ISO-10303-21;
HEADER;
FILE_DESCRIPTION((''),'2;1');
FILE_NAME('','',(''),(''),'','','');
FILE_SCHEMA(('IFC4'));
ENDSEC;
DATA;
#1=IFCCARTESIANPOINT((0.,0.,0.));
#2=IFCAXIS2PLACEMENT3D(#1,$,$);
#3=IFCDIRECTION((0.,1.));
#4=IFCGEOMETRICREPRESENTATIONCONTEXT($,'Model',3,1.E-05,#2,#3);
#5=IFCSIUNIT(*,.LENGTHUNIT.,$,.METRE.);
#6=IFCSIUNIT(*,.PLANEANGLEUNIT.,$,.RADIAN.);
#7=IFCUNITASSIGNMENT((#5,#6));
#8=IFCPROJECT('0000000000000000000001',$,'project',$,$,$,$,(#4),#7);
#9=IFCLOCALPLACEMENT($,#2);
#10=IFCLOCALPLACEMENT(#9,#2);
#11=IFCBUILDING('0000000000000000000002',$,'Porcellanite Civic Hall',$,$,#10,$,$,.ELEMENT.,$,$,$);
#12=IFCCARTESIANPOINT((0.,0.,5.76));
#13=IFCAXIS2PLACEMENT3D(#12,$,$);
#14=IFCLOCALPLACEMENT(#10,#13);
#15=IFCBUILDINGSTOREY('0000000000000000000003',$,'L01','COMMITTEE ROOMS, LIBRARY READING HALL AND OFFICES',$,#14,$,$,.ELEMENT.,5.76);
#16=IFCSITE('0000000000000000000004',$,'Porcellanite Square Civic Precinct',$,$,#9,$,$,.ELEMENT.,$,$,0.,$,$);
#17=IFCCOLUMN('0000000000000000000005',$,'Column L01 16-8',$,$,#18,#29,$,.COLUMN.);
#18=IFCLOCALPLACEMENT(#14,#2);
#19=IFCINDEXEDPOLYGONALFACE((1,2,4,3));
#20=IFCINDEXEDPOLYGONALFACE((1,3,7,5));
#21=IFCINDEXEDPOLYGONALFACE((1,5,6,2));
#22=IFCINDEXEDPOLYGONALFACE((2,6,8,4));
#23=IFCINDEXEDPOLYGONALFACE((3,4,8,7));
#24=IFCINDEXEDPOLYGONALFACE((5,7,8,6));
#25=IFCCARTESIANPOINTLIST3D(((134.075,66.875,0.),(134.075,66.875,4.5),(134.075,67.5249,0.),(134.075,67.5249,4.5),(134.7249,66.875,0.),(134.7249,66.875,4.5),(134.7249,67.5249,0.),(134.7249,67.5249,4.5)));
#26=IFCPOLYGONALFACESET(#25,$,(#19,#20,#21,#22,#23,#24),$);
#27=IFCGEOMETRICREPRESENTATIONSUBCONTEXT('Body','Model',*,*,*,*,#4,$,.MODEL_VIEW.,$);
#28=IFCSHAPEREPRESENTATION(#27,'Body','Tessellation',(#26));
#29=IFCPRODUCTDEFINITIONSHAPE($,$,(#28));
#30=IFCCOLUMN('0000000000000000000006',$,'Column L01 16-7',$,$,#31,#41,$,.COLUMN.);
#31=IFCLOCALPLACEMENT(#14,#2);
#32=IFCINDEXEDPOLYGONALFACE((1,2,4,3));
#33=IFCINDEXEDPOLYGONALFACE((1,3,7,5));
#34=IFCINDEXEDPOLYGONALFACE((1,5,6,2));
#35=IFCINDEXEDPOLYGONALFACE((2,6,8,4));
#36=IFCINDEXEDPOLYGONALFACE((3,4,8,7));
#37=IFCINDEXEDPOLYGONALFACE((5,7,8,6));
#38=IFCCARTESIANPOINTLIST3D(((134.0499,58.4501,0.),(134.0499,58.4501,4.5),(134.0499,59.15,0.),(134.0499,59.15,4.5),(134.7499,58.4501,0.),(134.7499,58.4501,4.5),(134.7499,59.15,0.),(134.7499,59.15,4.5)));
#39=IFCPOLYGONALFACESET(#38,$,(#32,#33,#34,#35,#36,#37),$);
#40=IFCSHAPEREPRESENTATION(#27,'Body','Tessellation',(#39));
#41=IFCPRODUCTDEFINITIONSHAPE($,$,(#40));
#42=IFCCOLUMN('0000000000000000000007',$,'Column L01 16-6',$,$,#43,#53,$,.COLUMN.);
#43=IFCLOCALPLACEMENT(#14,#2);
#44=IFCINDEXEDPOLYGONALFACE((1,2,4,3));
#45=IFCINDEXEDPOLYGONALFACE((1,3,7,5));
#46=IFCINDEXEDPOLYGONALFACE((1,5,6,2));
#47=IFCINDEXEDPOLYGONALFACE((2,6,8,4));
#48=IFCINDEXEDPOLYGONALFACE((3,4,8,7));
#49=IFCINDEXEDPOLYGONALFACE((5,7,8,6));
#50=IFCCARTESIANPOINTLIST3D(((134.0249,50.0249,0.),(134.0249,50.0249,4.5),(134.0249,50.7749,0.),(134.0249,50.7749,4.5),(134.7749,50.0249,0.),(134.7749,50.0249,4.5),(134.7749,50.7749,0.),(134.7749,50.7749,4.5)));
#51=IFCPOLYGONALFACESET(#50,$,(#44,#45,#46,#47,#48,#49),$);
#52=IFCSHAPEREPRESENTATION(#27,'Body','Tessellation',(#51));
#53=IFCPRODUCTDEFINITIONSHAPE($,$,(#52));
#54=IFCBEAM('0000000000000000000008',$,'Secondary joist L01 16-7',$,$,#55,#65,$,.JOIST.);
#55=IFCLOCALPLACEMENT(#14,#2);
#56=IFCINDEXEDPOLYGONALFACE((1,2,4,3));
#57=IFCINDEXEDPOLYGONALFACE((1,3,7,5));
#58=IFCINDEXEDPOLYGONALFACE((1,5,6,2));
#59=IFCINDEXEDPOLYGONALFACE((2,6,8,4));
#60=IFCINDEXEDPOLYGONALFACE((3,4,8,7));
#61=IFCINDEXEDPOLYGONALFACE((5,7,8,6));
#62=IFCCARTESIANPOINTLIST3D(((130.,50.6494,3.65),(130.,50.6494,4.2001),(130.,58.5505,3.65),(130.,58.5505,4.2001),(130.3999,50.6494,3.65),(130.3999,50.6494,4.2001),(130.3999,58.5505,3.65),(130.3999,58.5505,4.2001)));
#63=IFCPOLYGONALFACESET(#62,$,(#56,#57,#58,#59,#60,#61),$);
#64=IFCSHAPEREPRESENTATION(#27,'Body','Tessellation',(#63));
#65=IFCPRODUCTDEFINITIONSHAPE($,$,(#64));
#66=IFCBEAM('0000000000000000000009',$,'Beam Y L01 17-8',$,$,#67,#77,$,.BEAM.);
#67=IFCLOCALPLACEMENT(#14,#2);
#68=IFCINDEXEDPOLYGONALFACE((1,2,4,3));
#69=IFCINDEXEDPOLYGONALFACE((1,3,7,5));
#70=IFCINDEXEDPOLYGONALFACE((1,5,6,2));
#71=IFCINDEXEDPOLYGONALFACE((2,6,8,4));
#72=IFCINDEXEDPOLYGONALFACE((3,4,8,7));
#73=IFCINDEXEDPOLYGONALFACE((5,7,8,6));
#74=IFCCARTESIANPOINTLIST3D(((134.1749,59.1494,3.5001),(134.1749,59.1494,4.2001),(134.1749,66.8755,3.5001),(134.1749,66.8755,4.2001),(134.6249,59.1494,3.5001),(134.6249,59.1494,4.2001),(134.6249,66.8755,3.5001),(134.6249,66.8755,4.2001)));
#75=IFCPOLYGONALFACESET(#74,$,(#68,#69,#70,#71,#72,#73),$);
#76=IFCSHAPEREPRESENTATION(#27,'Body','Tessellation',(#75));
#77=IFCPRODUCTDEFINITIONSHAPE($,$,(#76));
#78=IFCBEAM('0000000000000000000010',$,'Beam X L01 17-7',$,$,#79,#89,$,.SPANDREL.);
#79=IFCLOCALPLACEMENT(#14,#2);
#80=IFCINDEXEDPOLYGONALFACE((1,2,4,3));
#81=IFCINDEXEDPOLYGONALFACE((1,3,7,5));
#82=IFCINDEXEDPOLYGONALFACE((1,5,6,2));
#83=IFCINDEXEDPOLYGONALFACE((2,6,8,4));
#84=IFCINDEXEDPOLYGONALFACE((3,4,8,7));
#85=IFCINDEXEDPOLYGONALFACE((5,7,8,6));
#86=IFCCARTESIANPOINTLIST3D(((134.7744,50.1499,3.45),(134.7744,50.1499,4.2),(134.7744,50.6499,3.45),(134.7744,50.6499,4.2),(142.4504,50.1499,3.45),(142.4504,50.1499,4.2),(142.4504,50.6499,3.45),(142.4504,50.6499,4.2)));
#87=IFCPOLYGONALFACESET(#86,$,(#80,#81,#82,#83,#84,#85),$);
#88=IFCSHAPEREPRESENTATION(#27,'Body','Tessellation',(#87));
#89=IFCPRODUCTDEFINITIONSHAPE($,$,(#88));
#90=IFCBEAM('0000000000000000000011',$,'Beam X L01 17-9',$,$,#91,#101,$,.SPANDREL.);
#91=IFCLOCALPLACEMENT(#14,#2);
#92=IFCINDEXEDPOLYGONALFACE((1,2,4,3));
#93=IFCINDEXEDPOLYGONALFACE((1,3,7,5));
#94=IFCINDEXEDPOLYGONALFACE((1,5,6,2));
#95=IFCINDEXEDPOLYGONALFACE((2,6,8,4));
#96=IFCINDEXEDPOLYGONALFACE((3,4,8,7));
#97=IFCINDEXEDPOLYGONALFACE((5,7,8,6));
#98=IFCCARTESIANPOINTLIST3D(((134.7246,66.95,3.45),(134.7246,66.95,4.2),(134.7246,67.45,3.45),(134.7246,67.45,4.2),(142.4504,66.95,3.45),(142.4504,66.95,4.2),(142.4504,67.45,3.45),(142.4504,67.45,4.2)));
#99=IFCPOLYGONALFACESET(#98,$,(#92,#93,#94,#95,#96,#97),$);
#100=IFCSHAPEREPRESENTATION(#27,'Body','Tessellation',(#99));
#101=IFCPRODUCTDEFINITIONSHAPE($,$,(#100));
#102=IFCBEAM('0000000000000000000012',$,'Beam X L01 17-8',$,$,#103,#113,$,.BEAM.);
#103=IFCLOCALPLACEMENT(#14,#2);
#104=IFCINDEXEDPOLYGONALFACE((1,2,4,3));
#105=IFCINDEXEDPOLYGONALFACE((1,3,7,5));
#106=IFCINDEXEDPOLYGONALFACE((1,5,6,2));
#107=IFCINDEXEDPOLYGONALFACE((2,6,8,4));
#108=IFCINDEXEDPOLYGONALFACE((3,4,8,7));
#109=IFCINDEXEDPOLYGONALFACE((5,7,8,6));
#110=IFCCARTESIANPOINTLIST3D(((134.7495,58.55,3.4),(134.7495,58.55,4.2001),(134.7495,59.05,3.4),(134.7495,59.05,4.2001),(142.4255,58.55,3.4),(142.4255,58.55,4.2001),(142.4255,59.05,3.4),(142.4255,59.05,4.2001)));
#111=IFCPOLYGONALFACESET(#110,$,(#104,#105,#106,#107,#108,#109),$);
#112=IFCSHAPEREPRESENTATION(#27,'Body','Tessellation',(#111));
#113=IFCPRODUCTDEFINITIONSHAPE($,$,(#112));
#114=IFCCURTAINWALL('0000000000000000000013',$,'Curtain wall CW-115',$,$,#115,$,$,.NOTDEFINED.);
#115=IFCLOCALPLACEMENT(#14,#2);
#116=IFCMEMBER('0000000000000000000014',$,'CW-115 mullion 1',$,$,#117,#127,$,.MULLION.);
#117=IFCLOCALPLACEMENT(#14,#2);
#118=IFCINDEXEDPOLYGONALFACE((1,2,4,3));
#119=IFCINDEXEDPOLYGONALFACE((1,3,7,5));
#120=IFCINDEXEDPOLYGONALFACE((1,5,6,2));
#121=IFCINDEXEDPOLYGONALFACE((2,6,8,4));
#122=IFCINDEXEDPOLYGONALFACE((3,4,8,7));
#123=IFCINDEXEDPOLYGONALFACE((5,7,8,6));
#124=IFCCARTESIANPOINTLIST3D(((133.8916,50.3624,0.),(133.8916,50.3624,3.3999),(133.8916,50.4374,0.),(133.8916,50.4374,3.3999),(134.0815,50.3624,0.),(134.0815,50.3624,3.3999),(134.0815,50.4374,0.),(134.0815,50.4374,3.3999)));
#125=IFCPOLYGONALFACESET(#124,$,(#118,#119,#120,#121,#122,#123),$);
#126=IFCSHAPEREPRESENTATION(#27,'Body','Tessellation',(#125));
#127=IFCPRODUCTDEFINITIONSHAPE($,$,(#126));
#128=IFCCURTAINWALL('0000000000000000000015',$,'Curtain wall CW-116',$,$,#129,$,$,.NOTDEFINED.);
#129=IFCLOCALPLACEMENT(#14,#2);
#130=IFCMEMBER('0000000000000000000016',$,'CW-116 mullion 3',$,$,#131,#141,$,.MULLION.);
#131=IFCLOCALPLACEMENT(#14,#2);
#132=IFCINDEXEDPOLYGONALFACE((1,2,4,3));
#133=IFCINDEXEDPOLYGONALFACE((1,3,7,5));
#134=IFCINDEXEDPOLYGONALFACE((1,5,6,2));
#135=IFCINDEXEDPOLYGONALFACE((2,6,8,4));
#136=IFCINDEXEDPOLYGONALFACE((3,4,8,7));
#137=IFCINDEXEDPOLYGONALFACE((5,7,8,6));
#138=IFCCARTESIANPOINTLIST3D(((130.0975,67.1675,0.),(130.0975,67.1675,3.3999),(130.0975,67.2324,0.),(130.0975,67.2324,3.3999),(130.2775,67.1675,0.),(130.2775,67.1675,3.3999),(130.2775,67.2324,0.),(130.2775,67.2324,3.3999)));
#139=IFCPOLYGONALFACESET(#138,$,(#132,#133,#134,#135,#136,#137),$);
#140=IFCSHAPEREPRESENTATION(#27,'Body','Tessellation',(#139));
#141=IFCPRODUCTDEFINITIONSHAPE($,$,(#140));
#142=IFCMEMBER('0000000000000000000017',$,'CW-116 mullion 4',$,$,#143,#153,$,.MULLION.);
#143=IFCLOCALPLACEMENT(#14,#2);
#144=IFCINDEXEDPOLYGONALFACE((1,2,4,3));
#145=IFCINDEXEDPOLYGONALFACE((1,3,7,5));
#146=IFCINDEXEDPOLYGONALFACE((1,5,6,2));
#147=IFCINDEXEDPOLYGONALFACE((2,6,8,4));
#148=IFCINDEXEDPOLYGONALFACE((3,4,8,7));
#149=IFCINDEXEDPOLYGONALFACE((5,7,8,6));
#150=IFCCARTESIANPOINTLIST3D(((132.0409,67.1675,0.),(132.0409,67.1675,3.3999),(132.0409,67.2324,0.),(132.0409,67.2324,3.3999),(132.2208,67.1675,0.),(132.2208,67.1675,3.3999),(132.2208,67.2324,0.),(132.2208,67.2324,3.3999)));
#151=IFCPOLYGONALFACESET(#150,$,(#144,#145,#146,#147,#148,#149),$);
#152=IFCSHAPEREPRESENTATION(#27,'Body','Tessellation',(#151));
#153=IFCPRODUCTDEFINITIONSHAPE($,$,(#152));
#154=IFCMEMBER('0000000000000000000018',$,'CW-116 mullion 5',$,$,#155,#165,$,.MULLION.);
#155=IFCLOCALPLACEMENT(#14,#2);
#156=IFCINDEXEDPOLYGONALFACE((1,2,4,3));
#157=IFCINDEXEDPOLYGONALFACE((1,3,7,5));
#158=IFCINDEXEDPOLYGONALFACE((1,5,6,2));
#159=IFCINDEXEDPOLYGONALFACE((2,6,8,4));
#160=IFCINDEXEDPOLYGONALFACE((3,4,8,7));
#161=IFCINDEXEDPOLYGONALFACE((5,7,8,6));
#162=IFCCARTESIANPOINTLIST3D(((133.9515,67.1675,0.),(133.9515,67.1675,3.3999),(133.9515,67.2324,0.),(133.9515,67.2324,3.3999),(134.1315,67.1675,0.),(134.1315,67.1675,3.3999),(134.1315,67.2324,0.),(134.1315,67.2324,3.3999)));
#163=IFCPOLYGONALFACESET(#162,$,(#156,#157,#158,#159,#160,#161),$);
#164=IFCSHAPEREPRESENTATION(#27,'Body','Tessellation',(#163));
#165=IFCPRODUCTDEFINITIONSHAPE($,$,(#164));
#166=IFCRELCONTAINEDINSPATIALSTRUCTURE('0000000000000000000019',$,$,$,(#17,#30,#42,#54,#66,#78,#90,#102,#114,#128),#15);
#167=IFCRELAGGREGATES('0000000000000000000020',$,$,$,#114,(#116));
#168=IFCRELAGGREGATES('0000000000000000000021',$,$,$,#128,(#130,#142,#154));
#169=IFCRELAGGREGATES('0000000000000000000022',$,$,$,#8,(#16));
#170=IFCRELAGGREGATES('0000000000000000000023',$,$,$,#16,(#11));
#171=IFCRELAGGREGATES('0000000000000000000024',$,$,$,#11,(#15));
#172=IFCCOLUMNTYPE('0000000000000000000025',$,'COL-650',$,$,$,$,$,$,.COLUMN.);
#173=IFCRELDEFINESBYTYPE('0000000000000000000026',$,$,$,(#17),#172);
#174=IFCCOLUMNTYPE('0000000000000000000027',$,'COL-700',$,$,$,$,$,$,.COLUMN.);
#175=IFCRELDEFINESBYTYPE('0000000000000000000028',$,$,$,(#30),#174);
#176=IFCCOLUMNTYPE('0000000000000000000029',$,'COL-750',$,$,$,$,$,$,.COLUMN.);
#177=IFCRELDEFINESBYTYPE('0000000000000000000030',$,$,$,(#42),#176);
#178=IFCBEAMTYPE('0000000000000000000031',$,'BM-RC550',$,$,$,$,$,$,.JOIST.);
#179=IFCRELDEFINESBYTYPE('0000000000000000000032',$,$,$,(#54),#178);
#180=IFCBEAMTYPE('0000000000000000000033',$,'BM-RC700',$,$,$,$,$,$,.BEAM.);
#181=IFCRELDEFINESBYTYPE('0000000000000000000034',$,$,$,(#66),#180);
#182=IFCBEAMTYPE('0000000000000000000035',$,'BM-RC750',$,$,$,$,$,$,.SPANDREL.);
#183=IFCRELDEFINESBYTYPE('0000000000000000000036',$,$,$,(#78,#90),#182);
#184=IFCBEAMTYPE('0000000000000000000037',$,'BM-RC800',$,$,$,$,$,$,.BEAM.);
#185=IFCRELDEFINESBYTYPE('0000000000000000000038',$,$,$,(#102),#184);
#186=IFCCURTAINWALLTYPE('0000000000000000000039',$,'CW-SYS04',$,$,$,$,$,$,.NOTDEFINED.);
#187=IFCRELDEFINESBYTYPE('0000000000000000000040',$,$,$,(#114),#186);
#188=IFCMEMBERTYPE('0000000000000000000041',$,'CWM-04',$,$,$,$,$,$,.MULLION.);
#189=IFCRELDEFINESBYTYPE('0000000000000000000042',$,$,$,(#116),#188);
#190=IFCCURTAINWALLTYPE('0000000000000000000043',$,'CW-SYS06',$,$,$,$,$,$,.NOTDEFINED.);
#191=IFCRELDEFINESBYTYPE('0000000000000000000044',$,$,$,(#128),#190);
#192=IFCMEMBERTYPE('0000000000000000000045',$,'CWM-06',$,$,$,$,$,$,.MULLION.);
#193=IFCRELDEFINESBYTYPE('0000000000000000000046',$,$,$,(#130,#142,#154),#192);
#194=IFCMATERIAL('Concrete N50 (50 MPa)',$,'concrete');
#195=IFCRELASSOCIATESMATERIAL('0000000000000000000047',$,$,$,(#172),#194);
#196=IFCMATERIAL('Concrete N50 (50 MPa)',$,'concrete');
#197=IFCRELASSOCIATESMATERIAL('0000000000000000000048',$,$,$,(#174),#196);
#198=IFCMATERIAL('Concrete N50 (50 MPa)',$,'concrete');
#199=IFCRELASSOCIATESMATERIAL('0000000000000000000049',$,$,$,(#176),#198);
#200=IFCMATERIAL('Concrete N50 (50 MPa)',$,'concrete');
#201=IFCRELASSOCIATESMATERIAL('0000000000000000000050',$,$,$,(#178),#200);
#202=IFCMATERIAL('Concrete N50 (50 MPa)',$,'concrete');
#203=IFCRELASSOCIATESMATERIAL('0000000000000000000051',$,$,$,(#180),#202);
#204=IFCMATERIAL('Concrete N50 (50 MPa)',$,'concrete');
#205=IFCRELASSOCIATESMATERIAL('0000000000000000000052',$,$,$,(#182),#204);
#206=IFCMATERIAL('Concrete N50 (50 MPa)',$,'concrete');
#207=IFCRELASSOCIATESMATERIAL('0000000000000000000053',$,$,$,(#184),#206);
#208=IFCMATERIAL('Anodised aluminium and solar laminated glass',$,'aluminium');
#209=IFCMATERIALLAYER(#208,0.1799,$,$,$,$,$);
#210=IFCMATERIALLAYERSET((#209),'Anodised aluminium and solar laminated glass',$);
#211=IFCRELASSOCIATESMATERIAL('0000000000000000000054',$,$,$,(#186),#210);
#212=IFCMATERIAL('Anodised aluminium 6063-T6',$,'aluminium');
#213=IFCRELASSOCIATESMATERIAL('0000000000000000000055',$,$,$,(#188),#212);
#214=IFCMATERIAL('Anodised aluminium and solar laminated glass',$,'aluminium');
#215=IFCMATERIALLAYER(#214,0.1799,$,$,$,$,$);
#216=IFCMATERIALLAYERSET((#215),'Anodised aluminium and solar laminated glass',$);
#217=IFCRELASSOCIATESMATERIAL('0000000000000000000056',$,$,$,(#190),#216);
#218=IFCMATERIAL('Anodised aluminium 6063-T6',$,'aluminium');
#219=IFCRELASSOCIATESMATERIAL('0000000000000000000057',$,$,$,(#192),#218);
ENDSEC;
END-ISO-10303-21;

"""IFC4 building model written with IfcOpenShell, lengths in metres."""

from ifc_helpers import new_model, si_unit, direction, frame, origin, origin_2d, place, context, subcontext, project, spatial, rectangle, extrude, material, layer, layer_set, material_profile, profile_set, type_object, element, aggregate, save


model = new_model("IFC4")

# Units and contexts
model_context = context("Model", 3, precision=1e-05, world=origin(), true_north=direction((0.0, 1.0)))
body_context = subcontext(model_context, "Body", "Model", "MODEL_VIEW")
ifc_project = project(units=[si_unit("LENGTHUNIT", "METRE"), si_unit("PLANEANGLEUNIT", "RADIAN")], contexts=[model_context])

# Site, building, storey
site_placement = place(None, origin())
site = spatial("IfcSite", under=ifc_project, at=site_placement, Name="Porcellanite Square Civic Precinct", CompositionType="ELEMENT", RefElevation=0.0)
building_placement = place(site_placement, origin())
building = spatial("IfcBuilding", under=site, at=building_placement, Name="Porcellanite Civic Hall", CompositionType="ELEMENT")
storey_placement = place(building_placement, frame((0.0, 0.0, 5.76)))
storey = spatial("IfcBuildingStorey", under=building, at=storey_placement, Name="L01", Description="COMMITTEE ROOMS, LIBRARY READING HALL AND OFFICES", CompositionType="ELEMENT", Elevation=5.76)

# Columns
ifc_material_1 = material(Name="Concrete N50 (50 MPa)", Category="concrete")
ifc_material_profile_1 = material_profile(ifc_material_1, rectangle(XDim=0.6499, YDim=0.6499, at=origin_2d()), Name="RC-650x650")
ifc_profile_set_1 = profile_set([ifc_material_profile_1], Name="Concrete N50 (50 MPa)")
column_type_1 = type_object("IfcColumnType", Name="COL-650", PredefinedType="COLUMN", material=ifc_profile_set_1)
column_1_placement = place(storey_placement, frame((134.3999, 67.2, 0.0), z_axis=(0.0, 0.0, 1.0), x_axis=(1.0, 0.0, 0.0)))
element("IfcColumn", 1, at=column_1_placement, inside=storey, type_object=column_type_1, Name="Column L01 16-8", PredefinedType="COLUMN", context=body_context, shape_type="SweptSolid", body=[
    extrude(rectangle(XDim=0.6499, YDim=0.6499, at=origin_2d()), origin(), (0.0, 0.0, 1.0), 4.5),
])
ifc_material_2 = material(Name="Concrete N50 (50 MPa)", Category="concrete")
ifc_material_profile_2 = material_profile(ifc_material_2, rectangle(XDim=0.7, YDim=0.7, at=origin_2d()), Name="RC-700x700")
ifc_profile_set_2 = profile_set([ifc_material_profile_2], Name="Concrete N50 (50 MPa)")
column_type_2 = type_object("IfcColumnType", Name="COL-700", PredefinedType="COLUMN", material=ifc_profile_set_2)
column_2_placement = place(storey_placement, frame((134.3999, 58.8, 0.0), z_axis=(0.0, 0.0, 1.0), x_axis=(1.0, 0.0, 0.0)))
element("IfcColumn", 2, at=column_2_placement, inside=storey, type_object=column_type_2, Name="Column L01 16-7", PredefinedType="COLUMN", context=body_context, shape_type="SweptSolid", body=[
    extrude(rectangle(XDim=0.7, YDim=0.7, at=origin_2d()), origin(), (0.0, 0.0, 1.0), 4.5),
])
ifc_material_3 = material(Name="Concrete N50 (50 MPa)", Category="concrete")
ifc_material_profile_3 = material_profile(ifc_material_3, rectangle(XDim=0.75, YDim=0.75, at=origin_2d()), Name="RC-750x750")
ifc_profile_set_3 = profile_set([ifc_material_profile_3], Name="Concrete N50 (50 MPa)")
column_type_3 = type_object("IfcColumnType", Name="COL-750", PredefinedType="COLUMN", material=ifc_profile_set_3)
column_3_placement = place(storey_placement, frame((134.3999, 50.3999, 0.0), z_axis=(0.0, 0.0, 1.0), x_axis=(1.0, 0.0, 0.0)))
element("IfcColumn", 3, at=column_3_placement, inside=storey, type_object=column_type_3, Name="Column L01 16-6", PredefinedType="COLUMN", context=body_context, shape_type="SweptSolid", body=[
    extrude(rectangle(XDim=0.75, YDim=0.75, at=origin_2d()), origin(), (0.0, 0.0, 1.0), 4.5),
])

# Beams
ifc_material_4 = material(Name="Concrete N50 (50 MPa)", Category="concrete")
ifc_material_profile_4 = material_profile(ifc_material_4, rectangle(XDim=0.3999, YDim=0.55, at=origin_2d()), Name="RC-400x550")
ifc_profile_set_4 = profile_set([ifc_material_profile_4], Name="Concrete N50 (50 MPa)")
beam_type_1 = type_object("IfcBeamType", Name="BM-RC550", PredefinedType="JOIST", material=ifc_profile_set_4)
beam_1_placement = place(storey_placement, frame((130.2, 50.6494, 3.925), z_axis=(0.0, 1.0, 0.0), x_axis=(-1.0, 0.0, 0.0)))
element("IfcBeam", 4, at=beam_1_placement, inside=storey, type_object=beam_type_1, Name="Secondary joist L01 16-7", PredefinedType="JOIST", context=body_context, shape_type="SweptSolid", body=[
    extrude(rectangle(XDim=0.3999, YDim=0.55, at=origin_2d()), origin(), (0.0, 0.0, 1.0), 7.9011),
])
ifc_material_5 = material(Name="Concrete N50 (50 MPa)", Category="concrete")
ifc_material_profile_5 = material_profile(ifc_material_5, rectangle(XDim=0.45, YDim=0.7, at=origin_2d()), Name="RC-450x700")
ifc_profile_set_5 = profile_set([ifc_material_profile_5], Name="Concrete N50 (50 MPa)")
beam_type_2 = type_object("IfcBeamType", Name="BM-RC700", PredefinedType="BEAM", material=ifc_profile_set_5)
beam_2_placement = place(storey_placement, frame((134.3999, 59.1494, 3.8501), z_axis=(0.0, 1.0, 0.0), x_axis=(-1.0, 0.0, 0.0)))
element("IfcBeam", 5, at=beam_2_placement, inside=storey, type_object=beam_type_2, Name="Beam Y L01 17-8", PredefinedType="BEAM", context=body_context, shape_type="SweptSolid", body=[
    extrude(rectangle(XDim=0.45, YDim=0.7, at=origin_2d()), origin(), (0.0, 0.0, 1.0), 7.7261),
])
ifc_material_6 = material(Name="Concrete N50 (50 MPa)", Category="concrete")
ifc_material_profile_6 = material_profile(ifc_material_6, rectangle(XDim=0.5, YDim=0.75, at=origin_2d()), Name="RC-500x750")
ifc_profile_set_6 = profile_set([ifc_material_profile_6], Name="Concrete N50 (50 MPa)")
beam_type_3 = type_object("IfcBeamType", Name="BM-RC750", PredefinedType="SPANDREL", material=ifc_profile_set_6)
beam_3_placement = place(storey_placement, frame((134.7744, 50.3999, 3.825), z_axis=(1.0, 0.0, 0.0), x_axis=(0.0, 1.0, 0.0)))
element("IfcBeam", 6, at=beam_3_placement, inside=storey, type_object=beam_type_3, Name="Beam X L01 17-7", PredefinedType="SPANDREL", context=body_context, shape_type="SweptSolid", body=[
    extrude(rectangle(XDim=0.5, YDim=0.75, at=origin_2d()), origin(), (0.0, 0.0, 1.0), 7.676),
])
beam_4_placement = place(storey_placement, frame((134.7246, 67.2, 3.825), z_axis=(1.0, 0.0, 0.0), x_axis=(0.0, 1.0, 0.0)))
element("IfcBeam", 7, at=beam_4_placement, inside=storey, type_object=beam_type_3, Name="Beam X L01 17-9", PredefinedType="SPANDREL", context=body_context, shape_type="SweptSolid", body=[
    extrude(rectangle(XDim=0.5, YDim=0.75, at=origin_2d()), origin(), (0.0, 0.0, 1.0), 7.7258),
])
ifc_material_7 = material(Name="Concrete N50 (50 MPa)", Category="concrete")
ifc_material_profile_7 = material_profile(ifc_material_7, rectangle(XDim=0.5, YDim=0.8, at=origin_2d()), Name="RC-500x800")
ifc_profile_set_7 = profile_set([ifc_material_profile_7], Name="Concrete N50 (50 MPa)")
beam_type_4 = type_object("IfcBeamType", Name="BM-RC800", PredefinedType="BEAM", material=ifc_profile_set_7)
beam_5_placement = place(storey_placement, frame((134.7495, 58.8, 3.8), z_axis=(1.0, 0.0, 0.0), x_axis=(0.0, 1.0, 0.0)))
element("IfcBeam", 8, at=beam_5_placement, inside=storey, type_object=beam_type_4, Name="Beam X L01 17-8", PredefinedType="BEAM", context=body_context, shape_type="SweptSolid", body=[
    extrude(rectangle(XDim=0.5, YDim=0.8, at=origin_2d()), origin(), (0.0, 0.0, 1.0), 7.676),
])

# Curtain wall, member
ifc_material_8 = material(Name="Anodised aluminium and solar laminated glass", Category="aluminium")
ifc_layer_1 = layer(ifc_material_8, 0.1799)
ifc_layer_set_1 = layer_set([ifc_layer_1], Name="Anodised aluminium and solar laminated glass")
curtain_wall_type_1 = type_object("IfcCurtainWallType", Name="CW-SYS04", PredefinedType="NOTDEFINED", material=ifc_layer_set_1)
curtain_wall_1_placement = place(storey_placement, origin())
curtain_wall_1 = element("IfcCurtainWall", 9, at=curtain_wall_1_placement, inside=storey, type_object=curtain_wall_type_1, Name="Curtain wall CW-115", PredefinedType="NOTDEFINED")
ifc_material_9 = material(Name="Anodised aluminium 6063-T6", Category="aluminium")
ifc_material_profile_8 = material_profile(ifc_material_9, rectangle(XDim=0.075, YDim=0.1899, at=origin_2d()), Name="AL-75x190")
ifc_profile_set_8 = profile_set([ifc_material_profile_8], Name="Anodised aluminium 6063-T6")
member_type_1 = type_object("IfcMemberType", Name="CWM-04", PredefinedType="MULLION", material=ifc_profile_set_8)
member_1_placement = place(storey_placement, frame((133.9866, 50.3999, 0.0), z_axis=(0.0, 0.0, 1.0), x_axis=(0.0, -1.0, 0.0)))
member_1 = element("IfcMember", 10, at=member_1_placement, type_object=member_type_1, Name="CW-115 mullion 1", PredefinedType="MULLION", context=body_context, shape_type="SweptSolid", body=[
    extrude(rectangle(XDim=0.075, YDim=0.1899, at=origin_2d()), origin(), (0.0, 0.0, 1.0), 3.3999),
])

# Curtain wall, members
ifc_material_10 = material(Name="Anodised aluminium and solar laminated glass", Category="aluminium")
ifc_layer_2 = layer(ifc_material_10, 0.1799)
ifc_layer_set_2 = layer_set([ifc_layer_2], Name="Anodised aluminium and solar laminated glass")
curtain_wall_type_2 = type_object("IfcCurtainWallType", Name="CW-SYS06", PredefinedType="NOTDEFINED", material=ifc_layer_set_2)
curtain_wall_2_placement = place(storey_placement, origin())
curtain_wall_2 = element("IfcCurtainWall", 11, at=curtain_wall_2_placement, inside=storey, type_object=curtain_wall_type_2, Name="Curtain wall CW-116", PredefinedType="NOTDEFINED")
ifc_material_11 = material(Name="Anodised aluminium 6063-T6", Category="aluminium")
ifc_material_profile_9 = material_profile(ifc_material_11, rectangle(XDim=0.0649, YDim=0.1799, at=origin_2d()), Name="AL-65x180")
ifc_profile_set_9 = profile_set([ifc_material_profile_9], Name="Anodised aluminium 6063-T6")
member_type_2 = type_object("IfcMemberType", Name="CWM-06", PredefinedType="MULLION", material=ifc_profile_set_9)
member_2_placement = place(storey_placement, frame((130.1875, 67.2, 0.0), z_axis=(0.0, 0.0, 1.0), x_axis=(0.0, 1.0, 0.0)))
member_2 = element("IfcMember", 12, at=member_2_placement, type_object=member_type_2, Name="CW-116 mullion 3", PredefinedType="MULLION", context=body_context, shape_type="SweptSolid", body=[
    extrude(rectangle(XDim=0.0649, YDim=0.1799, at=origin_2d()), origin(), (0.0, 0.0, 1.0), 3.3999),
])
member_3_placement = place(storey_placement, frame((132.1309, 67.2, 0.0), z_axis=(0.0, 0.0, 1.0), x_axis=(0.0, 1.0, 0.0)))
member_3 = element("IfcMember", 13, at=member_3_placement, type_object=member_type_2, Name="CW-116 mullion 4", PredefinedType="MULLION", context=body_context, shape_type="SweptSolid", body=[
    extrude(rectangle(XDim=0.0649, YDim=0.1799, at=origin_2d()), origin(), (0.0, 0.0, 1.0), 3.3999),
])
member_4_placement = place(storey_placement, frame((134.0415, 67.2, 0.0), z_axis=(0.0, 0.0, 1.0), x_axis=(0.0, 1.0, 0.0)))
member_4 = element("IfcMember", 14, at=member_4_placement, type_object=member_type_2, Name="CW-116 mullion 5", PredefinedType="MULLION", context=body_context, shape_type="SweptSolid", body=[
    extrude(rectangle(XDim=0.0649, YDim=0.1799, at=origin_2d()), origin(), (0.0, 0.0, 1.0), 3.3999),
])

aggregate(curtain_wall_1, [member_1])

aggregate(curtain_wall_2, [member_2, member_3, member_4])

save(model, "model.ifc")
